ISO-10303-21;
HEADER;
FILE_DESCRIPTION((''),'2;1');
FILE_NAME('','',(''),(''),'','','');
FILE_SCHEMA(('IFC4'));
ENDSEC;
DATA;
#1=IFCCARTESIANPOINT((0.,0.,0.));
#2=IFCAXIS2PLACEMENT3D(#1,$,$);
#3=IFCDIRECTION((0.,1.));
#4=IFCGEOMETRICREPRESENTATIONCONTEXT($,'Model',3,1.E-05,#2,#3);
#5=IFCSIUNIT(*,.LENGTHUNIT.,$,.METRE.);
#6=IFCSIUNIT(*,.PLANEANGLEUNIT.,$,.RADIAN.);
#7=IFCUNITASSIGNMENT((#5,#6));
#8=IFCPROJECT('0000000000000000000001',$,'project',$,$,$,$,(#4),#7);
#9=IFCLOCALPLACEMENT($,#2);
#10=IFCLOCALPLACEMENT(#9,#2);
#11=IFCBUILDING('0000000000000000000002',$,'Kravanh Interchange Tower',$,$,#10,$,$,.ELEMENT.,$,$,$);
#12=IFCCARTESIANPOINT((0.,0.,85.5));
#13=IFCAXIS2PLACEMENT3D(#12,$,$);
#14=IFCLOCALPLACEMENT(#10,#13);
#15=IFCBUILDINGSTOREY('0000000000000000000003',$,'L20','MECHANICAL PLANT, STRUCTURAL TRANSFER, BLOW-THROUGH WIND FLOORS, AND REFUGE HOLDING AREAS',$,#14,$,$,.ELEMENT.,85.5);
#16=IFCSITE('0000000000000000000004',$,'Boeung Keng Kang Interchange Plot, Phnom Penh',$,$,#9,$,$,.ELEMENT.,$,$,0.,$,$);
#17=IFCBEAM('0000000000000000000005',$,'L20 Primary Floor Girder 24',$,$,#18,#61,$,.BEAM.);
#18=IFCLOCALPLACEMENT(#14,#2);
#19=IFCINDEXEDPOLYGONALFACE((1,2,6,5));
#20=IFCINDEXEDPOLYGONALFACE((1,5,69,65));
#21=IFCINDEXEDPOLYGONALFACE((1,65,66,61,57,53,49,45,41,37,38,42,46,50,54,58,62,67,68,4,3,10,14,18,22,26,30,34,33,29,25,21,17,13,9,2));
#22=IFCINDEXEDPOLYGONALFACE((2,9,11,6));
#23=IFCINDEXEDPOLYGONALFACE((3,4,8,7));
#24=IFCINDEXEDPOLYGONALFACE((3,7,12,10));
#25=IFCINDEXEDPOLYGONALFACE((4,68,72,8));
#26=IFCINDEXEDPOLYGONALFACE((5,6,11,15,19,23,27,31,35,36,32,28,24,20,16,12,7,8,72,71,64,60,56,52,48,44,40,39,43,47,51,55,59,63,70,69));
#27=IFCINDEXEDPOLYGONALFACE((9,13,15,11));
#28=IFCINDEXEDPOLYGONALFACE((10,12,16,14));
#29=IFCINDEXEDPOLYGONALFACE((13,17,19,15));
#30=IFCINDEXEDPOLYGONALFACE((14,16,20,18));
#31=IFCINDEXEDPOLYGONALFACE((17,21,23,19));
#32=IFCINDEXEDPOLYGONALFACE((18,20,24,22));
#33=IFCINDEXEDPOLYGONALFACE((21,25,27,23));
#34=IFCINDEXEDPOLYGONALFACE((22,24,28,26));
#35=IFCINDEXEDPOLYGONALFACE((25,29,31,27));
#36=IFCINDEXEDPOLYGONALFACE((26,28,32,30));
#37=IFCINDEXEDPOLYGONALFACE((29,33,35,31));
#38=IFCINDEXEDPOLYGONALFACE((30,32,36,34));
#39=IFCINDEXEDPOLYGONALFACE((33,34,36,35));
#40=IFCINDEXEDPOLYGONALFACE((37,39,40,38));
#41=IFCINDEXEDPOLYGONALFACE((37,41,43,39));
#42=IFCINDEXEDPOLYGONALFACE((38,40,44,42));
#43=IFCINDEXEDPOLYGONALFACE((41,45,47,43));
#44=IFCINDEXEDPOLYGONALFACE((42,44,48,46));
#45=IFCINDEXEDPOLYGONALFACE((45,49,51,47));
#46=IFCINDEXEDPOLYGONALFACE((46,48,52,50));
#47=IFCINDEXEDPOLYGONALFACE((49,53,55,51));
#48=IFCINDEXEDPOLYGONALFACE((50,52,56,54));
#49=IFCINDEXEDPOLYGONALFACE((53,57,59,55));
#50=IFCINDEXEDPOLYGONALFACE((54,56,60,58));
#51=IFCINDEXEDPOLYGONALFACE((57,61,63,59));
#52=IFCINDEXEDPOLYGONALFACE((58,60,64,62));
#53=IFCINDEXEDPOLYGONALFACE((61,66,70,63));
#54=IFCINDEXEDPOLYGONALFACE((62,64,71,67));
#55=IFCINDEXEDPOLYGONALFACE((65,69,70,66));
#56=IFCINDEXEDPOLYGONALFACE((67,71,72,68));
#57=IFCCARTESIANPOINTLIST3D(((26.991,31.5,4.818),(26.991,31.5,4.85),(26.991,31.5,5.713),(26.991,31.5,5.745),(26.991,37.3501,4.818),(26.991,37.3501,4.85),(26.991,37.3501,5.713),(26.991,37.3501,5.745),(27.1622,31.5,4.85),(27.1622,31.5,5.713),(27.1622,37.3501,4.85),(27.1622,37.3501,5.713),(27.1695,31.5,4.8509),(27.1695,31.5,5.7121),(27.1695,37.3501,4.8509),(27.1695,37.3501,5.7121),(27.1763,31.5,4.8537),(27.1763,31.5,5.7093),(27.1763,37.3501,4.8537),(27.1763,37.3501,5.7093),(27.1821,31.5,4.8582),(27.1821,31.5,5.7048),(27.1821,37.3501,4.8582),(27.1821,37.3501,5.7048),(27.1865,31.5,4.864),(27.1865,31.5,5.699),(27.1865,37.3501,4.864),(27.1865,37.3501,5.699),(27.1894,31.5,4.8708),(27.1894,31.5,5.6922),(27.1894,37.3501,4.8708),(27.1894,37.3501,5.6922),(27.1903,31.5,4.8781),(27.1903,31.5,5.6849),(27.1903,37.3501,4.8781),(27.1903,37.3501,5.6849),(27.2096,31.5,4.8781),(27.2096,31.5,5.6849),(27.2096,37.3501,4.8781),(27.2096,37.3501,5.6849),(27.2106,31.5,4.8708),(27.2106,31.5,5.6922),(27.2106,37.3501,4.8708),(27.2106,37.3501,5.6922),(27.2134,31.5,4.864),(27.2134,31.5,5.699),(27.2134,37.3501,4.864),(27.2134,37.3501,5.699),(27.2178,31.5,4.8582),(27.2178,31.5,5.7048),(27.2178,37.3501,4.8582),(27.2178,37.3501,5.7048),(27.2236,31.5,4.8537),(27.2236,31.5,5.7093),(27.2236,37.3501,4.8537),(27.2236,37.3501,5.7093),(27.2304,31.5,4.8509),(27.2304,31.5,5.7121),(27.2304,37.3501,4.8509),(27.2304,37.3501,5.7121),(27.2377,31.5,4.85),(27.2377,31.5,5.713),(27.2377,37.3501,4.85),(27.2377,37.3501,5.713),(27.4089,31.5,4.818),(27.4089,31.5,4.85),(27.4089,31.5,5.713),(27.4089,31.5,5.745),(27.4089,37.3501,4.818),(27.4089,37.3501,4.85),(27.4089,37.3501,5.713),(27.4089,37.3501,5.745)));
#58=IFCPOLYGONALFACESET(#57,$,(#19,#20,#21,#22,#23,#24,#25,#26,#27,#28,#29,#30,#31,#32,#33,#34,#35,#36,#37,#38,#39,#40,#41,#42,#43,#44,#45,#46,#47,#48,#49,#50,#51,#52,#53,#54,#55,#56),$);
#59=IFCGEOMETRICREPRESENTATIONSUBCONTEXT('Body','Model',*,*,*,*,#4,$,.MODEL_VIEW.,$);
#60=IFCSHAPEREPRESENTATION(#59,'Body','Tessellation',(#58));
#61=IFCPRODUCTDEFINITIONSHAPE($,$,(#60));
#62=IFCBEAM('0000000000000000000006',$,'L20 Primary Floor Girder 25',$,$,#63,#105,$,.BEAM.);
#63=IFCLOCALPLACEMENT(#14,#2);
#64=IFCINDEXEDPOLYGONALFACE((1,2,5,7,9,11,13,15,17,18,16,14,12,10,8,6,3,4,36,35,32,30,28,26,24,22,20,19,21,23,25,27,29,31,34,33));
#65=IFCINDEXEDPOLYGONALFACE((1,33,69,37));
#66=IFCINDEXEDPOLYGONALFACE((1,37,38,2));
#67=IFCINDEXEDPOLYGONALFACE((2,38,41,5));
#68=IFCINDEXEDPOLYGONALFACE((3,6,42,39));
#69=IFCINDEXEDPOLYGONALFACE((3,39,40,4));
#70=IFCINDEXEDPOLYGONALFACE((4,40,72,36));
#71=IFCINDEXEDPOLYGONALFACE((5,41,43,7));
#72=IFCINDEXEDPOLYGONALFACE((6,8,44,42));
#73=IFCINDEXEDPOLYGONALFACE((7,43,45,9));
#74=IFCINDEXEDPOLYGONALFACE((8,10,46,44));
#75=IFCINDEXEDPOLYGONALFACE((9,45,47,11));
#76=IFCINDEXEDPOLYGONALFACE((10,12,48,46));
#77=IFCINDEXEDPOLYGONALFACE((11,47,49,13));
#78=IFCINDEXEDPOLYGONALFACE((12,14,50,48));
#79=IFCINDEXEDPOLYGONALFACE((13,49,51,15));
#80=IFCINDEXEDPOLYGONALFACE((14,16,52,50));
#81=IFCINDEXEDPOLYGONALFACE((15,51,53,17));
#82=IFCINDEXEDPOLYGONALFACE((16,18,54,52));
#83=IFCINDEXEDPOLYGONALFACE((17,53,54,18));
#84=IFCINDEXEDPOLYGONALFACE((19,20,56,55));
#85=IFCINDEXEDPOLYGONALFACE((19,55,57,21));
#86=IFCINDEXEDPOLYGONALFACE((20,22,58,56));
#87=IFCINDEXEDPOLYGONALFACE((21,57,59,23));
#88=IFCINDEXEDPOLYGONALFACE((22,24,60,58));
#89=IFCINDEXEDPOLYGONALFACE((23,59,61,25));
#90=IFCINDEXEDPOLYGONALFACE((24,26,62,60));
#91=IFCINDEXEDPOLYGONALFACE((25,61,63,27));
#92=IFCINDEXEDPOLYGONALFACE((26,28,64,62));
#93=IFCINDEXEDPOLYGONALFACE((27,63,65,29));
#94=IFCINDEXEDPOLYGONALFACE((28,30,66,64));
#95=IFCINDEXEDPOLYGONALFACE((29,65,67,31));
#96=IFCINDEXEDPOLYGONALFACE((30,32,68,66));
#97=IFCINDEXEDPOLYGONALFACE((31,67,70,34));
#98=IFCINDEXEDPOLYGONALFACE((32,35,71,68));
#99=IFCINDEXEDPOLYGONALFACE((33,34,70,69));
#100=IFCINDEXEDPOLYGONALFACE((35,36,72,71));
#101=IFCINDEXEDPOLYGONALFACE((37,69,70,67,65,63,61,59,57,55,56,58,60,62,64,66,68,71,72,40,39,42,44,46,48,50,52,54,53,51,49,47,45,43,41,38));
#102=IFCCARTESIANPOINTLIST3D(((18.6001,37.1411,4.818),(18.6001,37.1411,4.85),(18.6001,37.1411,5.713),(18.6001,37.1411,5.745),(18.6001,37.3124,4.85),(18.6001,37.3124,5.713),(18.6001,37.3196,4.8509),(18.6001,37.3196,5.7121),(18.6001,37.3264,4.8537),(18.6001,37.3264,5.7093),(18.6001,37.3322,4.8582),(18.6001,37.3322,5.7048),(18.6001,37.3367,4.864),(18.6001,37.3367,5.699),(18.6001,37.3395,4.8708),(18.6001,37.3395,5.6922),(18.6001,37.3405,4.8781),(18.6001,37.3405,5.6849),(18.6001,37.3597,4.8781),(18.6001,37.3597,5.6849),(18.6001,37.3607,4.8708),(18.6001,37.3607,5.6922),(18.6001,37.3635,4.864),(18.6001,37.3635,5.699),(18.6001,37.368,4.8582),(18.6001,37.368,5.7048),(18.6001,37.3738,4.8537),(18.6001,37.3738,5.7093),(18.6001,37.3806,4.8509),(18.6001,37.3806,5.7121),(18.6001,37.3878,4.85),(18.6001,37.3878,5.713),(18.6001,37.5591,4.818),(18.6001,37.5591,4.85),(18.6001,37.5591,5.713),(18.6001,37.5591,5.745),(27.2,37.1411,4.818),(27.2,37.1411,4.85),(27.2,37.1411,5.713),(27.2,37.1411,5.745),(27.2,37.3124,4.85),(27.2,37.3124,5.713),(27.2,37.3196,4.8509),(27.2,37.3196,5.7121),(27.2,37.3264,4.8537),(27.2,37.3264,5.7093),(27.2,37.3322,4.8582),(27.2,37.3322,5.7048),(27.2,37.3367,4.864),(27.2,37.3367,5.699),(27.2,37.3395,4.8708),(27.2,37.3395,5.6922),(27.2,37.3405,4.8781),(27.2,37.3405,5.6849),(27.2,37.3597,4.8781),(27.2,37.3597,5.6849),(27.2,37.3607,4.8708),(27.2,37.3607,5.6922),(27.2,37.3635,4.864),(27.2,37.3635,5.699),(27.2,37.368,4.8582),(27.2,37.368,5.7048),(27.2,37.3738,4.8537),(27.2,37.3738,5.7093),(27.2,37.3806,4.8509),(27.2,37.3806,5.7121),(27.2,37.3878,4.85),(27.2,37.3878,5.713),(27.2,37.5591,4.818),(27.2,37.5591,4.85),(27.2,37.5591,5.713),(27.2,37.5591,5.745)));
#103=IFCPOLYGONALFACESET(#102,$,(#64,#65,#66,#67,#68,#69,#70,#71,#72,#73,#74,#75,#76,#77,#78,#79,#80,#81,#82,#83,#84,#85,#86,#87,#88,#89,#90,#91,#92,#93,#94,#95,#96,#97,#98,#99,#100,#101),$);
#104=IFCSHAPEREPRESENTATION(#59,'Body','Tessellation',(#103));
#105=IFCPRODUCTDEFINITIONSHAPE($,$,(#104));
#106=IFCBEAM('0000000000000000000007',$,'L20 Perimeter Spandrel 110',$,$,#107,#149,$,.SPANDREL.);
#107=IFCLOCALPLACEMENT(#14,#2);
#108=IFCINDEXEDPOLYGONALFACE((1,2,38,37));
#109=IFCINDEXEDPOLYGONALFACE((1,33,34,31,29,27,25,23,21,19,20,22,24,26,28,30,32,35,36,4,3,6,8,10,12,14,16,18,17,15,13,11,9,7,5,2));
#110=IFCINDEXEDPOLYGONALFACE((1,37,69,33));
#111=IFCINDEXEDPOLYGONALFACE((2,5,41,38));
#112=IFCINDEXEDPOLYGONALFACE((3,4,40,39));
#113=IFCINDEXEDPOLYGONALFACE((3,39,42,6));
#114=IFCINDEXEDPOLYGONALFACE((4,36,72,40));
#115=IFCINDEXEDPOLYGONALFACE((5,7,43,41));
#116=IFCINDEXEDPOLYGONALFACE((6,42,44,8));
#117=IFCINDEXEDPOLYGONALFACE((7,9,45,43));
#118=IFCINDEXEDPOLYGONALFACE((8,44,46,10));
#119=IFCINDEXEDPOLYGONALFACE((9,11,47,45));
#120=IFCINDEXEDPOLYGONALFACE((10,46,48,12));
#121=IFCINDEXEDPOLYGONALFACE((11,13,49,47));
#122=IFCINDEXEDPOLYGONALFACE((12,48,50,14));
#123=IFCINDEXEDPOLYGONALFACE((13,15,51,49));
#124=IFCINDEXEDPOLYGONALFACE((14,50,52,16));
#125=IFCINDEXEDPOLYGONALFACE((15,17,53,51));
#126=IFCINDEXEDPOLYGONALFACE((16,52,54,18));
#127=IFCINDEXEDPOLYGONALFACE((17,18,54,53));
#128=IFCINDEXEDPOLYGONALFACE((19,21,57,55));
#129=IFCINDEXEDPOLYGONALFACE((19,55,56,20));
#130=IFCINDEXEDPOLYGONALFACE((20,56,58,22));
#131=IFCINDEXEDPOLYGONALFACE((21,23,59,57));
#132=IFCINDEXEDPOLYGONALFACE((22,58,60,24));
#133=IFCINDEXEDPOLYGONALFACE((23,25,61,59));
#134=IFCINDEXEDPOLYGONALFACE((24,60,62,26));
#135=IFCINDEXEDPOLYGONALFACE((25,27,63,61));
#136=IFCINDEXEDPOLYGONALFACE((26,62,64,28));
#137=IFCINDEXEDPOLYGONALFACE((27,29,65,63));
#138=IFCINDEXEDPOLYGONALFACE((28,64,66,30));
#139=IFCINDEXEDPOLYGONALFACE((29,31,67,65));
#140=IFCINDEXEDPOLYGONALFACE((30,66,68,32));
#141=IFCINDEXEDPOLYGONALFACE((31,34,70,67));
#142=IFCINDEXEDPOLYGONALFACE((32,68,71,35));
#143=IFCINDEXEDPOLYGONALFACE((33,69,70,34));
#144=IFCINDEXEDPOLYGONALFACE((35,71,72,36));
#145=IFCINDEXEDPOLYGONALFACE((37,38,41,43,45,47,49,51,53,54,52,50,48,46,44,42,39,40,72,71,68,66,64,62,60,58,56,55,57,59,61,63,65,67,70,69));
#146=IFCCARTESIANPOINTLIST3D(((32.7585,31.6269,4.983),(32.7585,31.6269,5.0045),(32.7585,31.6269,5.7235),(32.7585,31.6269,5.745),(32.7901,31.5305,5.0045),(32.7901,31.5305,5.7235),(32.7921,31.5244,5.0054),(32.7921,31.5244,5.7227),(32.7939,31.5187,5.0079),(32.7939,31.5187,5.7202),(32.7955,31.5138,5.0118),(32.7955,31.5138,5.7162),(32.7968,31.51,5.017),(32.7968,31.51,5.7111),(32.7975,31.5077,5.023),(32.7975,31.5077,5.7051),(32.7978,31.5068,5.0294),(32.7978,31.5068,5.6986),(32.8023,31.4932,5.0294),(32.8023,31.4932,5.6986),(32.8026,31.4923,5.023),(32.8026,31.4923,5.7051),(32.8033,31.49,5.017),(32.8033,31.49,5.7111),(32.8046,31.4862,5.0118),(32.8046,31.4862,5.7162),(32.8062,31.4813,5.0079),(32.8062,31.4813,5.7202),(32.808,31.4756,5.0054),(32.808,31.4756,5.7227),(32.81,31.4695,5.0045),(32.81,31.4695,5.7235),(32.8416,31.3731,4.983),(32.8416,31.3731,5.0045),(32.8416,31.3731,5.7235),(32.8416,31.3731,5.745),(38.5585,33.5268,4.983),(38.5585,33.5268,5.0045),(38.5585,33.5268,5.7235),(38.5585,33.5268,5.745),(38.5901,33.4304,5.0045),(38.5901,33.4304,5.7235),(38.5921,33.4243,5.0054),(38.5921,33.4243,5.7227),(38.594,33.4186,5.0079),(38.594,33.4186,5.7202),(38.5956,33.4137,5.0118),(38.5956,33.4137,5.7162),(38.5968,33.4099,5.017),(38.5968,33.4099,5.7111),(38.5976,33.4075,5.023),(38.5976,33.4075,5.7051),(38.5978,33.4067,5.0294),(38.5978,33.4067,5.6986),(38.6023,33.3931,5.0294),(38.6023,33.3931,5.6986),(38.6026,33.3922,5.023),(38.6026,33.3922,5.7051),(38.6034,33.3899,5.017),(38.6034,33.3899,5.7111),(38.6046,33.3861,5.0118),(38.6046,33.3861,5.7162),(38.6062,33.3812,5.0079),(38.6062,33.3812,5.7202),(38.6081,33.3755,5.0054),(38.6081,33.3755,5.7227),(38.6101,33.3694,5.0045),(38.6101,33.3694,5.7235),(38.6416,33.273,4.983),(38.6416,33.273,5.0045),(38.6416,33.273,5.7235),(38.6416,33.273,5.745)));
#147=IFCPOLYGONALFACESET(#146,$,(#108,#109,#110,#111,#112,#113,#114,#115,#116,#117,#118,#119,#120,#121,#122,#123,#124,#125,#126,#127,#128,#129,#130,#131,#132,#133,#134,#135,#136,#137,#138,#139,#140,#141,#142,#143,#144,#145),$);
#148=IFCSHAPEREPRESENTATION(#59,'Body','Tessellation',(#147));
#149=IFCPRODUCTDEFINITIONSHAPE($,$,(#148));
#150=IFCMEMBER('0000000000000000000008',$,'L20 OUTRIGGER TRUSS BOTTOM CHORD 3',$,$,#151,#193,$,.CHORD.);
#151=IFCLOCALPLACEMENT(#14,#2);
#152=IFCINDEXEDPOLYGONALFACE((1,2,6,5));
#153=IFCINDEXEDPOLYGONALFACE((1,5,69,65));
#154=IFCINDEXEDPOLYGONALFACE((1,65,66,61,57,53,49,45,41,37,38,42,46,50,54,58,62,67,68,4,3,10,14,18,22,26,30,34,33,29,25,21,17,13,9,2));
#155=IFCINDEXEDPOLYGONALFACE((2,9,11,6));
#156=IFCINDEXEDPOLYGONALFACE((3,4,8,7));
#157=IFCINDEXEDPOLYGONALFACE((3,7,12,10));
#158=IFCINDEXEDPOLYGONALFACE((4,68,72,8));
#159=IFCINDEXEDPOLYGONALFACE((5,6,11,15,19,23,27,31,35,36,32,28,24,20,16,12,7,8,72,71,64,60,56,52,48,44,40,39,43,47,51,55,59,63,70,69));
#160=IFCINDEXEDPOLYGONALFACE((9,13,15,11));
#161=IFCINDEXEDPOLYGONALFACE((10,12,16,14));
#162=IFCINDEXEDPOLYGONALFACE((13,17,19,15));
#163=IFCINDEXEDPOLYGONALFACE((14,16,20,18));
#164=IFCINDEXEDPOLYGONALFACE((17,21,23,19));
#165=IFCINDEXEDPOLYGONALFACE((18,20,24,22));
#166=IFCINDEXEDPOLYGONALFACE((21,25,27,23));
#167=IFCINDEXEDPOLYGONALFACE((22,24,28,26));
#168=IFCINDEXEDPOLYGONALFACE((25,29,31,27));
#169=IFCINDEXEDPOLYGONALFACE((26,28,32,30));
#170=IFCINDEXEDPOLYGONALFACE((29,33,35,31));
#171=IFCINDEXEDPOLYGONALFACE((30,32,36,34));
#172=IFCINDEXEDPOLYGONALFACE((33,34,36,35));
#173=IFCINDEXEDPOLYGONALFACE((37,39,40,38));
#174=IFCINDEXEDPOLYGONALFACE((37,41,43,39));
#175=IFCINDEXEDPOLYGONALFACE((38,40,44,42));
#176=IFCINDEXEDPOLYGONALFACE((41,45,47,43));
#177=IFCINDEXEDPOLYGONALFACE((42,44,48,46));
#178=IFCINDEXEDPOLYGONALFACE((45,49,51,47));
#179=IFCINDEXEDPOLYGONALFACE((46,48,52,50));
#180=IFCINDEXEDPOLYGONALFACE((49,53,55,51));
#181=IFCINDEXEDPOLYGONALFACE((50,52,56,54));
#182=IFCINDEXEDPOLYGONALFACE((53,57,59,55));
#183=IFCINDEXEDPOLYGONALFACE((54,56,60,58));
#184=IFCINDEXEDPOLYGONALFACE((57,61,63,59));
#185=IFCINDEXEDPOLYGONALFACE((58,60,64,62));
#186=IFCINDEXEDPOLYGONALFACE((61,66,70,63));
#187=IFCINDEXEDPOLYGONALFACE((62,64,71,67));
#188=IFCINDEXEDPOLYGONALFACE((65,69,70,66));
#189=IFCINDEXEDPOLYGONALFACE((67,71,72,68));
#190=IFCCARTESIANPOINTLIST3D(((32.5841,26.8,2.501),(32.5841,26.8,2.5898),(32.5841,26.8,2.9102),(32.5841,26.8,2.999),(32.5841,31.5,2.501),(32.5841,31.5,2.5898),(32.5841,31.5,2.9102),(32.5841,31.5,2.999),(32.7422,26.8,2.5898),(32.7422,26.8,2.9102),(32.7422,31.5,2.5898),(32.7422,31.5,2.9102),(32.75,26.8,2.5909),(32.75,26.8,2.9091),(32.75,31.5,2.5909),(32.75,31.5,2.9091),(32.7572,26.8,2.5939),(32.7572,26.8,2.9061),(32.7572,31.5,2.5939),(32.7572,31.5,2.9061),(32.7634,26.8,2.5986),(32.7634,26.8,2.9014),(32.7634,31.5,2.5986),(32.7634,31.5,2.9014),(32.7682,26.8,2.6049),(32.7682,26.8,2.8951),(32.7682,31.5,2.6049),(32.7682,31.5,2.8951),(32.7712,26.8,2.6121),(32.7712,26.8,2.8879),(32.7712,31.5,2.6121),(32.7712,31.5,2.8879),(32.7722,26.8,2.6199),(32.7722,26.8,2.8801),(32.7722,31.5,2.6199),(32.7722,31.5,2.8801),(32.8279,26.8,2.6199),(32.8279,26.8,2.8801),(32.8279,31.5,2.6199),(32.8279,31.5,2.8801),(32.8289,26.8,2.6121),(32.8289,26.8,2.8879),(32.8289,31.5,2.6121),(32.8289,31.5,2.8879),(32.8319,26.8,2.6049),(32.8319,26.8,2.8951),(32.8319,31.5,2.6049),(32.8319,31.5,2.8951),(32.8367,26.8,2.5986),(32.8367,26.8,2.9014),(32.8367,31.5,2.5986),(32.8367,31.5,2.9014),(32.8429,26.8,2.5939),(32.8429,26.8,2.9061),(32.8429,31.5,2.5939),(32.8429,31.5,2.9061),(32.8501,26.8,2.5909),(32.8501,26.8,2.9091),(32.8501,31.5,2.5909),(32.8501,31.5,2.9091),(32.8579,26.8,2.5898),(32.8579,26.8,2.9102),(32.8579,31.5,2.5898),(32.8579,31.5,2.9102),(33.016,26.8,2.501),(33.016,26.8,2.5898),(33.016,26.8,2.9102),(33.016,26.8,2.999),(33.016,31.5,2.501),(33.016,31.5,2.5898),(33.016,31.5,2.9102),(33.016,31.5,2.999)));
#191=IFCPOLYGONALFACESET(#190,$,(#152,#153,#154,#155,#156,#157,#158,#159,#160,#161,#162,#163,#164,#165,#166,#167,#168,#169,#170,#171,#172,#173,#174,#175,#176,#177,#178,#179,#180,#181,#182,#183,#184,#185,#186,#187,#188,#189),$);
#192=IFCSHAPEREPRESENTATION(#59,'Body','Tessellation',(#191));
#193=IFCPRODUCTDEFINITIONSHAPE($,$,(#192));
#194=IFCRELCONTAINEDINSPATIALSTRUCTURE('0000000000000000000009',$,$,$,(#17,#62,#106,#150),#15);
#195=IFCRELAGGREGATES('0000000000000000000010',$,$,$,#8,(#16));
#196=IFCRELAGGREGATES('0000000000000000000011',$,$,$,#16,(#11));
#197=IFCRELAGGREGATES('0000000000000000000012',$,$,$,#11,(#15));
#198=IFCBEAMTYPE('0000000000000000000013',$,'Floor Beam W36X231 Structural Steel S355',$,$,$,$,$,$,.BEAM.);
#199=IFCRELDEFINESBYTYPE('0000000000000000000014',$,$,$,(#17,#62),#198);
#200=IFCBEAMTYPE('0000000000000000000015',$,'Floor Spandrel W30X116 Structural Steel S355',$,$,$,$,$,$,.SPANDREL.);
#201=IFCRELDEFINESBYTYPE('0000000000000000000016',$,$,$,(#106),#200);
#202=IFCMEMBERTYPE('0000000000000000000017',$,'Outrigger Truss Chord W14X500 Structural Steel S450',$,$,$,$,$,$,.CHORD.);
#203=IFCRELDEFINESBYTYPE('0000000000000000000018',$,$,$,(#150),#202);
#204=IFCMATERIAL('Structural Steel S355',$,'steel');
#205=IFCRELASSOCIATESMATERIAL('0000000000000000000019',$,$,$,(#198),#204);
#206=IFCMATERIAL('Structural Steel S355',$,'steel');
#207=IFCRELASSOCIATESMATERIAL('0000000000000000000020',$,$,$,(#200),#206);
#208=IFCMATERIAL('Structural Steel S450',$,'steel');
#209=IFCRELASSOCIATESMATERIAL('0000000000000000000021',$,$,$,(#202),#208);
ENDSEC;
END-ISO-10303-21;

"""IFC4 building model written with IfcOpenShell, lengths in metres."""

from ifc_helpers import new_model, si_unit, direction, frame, origin, origin_2d, place, context, subcontext, project, spatial, i_section, extrude, material, material_profile, profile_set, type_object, element, save


model = new_model("IFC4")

# Units and contexts
model_context = context("Model", 3, precision=1e-05, world=origin(), true_north=direction((0.0, 1.0)))
body_context = subcontext(model_context, "Body", "Model", "MODEL_VIEW")
ifc_project = project(units=[si_unit("LENGTHUNIT", "METRE"), si_unit("PLANEANGLEUNIT", "RADIAN")], contexts=[model_context])

# Site, building, storey
site_placement = place(None, origin())
site = spatial("IfcSite", under=ifc_project, at=site_placement, Name="Boeung Keng Kang Interchange Plot, Phnom Penh", CompositionType="ELEMENT", RefElevation=0.0)
building_placement = place(site_placement, origin())
building = spatial("IfcBuilding", under=site, at=building_placement, Name="Kravanh Interchange Tower", CompositionType="ELEMENT")
storey_placement = place(building_placement, frame((0.0, 0.0, 85.5)))
storey = spatial("IfcBuildingStorey", under=building, at=storey_placement, Name="L20", Description="MECHANICAL PLANT, STRUCTURAL TRANSFER, BLOW-THROUGH WIND FLOORS, AND REFUGE HOLDING AREAS", CompositionType="ELEMENT", Elevation=85.5)

# Beams
ifc_material_1 = material(Name="Structural Steel S355", Category="steel")
ifc_material_profile_1 = material_profile(ifc_material_1, i_section(OverallWidth=0.418, OverallDepth=0.927, WebThickness=0.0193, FlangeThickness=0.032, FilletRadius=0.0281, at=origin_2d()), Name="W36X231")
ifc_profile_set_1 = profile_set([ifc_material_profile_1], Name="Structural Steel S355")
beam_type_1 = type_object("IfcBeamType", Name="Floor Beam W36X231 Structural Steel S355", PredefinedType="BEAM", material=ifc_profile_set_1)
beam_1_placement = place(storey_placement, frame((27.2, 37.3501, 5.2815), z_axis=(0.0, -1.0, 0.0), x_axis=(1.0, 0.0, 0.0)))
element("IfcBeam", 1, at=beam_1_placement, inside=storey, type_object=beam_type_1, Name="L20 Primary Floor Girder 24", PredefinedType="BEAM", context=body_context, shape_type="SweptSolid", body=[
    extrude(i_section(OverallWidth=0.418, OverallDepth=0.927, WebThickness=0.0193, FlangeThickness=0.032, FilletRadius=0.0281, at=origin_2d()), origin(), (0.0, 0.0, 1.0), 5.8501),
])
beam_2_placement = place(storey_placement, frame((27.2, 37.3501, 5.2815), z_axis=(-1.0, 0.0, 0.0), x_axis=(0.0, -1.0, 0.0)))
element("IfcBeam", 2, at=beam_2_placement, inside=storey, type_object=beam_type_1, Name="L20 Primary Floor Girder 25", PredefinedType="BEAM", context=body_context, shape_type="SweptSolid", body=[
    extrude(i_section(OverallWidth=0.418, OverallDepth=0.927, WebThickness=0.0193, FlangeThickness=0.032, FilletRadius=0.0281, at=origin_2d()), origin(), (0.0, 0.0, 1.0), 8.5999),
])
ifc_material_2 = material(Name="Structural Steel S355", Category="steel")
ifc_material_profile_2 = material_profile(ifc_material_2, i_section(OverallWidth=0.2671, OverallDepth=0.762, WebThickness=0.0144, FlangeThickness=0.0215, FilletRadius=0.0249, at=origin_2d()), Name="W30X116")
ifc_profile_set_2 = profile_set([ifc_material_profile_2], Name="Structural Steel S355")
beam_type_2 = type_object("IfcBeamType", Name="Floor Spandrel W30X116 Structural Steel S355", PredefinedType="SPANDREL", material=ifc_profile_set_2)
beam_3_placement = place(storey_placement, frame((32.8, 31.5, 5.364), z_axis=(0.950315, 0.311291, 0.0), x_axis=(-0.311291, 0.950315, 0.0)))
element("IfcBeam", 3, at=beam_3_placement, inside=storey, type_object=beam_type_2, Name="L20 Perimeter Spandrel 110", PredefinedType="SPANDREL", context=body_context, shape_type="SweptSolid", body=[
    extrude(i_section(OverallWidth=0.2671, OverallDepth=0.762, WebThickness=0.0144, FlangeThickness=0.0215, FilletRadius=0.0249, at=origin_2d()), origin(), (0.0, 0.0, 1.0), 6.1033),
])

# Member
ifc_material_3 = material(Name="Structural Steel S450", Category="steel")
ifc_material_profile_3 = material_profile(ifc_material_3, i_section(OverallWidth=0.4319, OverallDepth=0.498, WebThickness=0.0557, FlangeThickness=0.0889, FilletRadius=0.03, at=origin_2d()), Name="W14X500")
ifc_profile_set_3 = profile_set([ifc_material_profile_3], Name="Structural Steel S450")
member_type_1 = type_object("IfcMemberType", Name="Outrigger Truss Chord W14X500 Structural Steel S450", PredefinedType="CHORD", material=ifc_profile_set_3)
member_1_placement = place(storey_placement, frame((32.8, 31.5, 2.75), z_axis=(0.0, -1.0, 0.0), x_axis=(1.0, 0.0, 0.0)))
element("IfcMember", 4, at=member_1_placement, inside=storey, type_object=member_type_1, Name="L20 OUTRIGGER TRUSS BOTTOM CHORD 3", PredefinedType="CHORD", context=body_context, shape_type="SweptSolid", body=[
    extrude(i_section(OverallWidth=0.4319, OverallDepth=0.498, WebThickness=0.0557, FlangeThickness=0.0889, FilletRadius=0.03, at=origin_2d()), origin(), (0.0, 0.0, 1.0), 4.7),
])

save(model, "model.ifc")
